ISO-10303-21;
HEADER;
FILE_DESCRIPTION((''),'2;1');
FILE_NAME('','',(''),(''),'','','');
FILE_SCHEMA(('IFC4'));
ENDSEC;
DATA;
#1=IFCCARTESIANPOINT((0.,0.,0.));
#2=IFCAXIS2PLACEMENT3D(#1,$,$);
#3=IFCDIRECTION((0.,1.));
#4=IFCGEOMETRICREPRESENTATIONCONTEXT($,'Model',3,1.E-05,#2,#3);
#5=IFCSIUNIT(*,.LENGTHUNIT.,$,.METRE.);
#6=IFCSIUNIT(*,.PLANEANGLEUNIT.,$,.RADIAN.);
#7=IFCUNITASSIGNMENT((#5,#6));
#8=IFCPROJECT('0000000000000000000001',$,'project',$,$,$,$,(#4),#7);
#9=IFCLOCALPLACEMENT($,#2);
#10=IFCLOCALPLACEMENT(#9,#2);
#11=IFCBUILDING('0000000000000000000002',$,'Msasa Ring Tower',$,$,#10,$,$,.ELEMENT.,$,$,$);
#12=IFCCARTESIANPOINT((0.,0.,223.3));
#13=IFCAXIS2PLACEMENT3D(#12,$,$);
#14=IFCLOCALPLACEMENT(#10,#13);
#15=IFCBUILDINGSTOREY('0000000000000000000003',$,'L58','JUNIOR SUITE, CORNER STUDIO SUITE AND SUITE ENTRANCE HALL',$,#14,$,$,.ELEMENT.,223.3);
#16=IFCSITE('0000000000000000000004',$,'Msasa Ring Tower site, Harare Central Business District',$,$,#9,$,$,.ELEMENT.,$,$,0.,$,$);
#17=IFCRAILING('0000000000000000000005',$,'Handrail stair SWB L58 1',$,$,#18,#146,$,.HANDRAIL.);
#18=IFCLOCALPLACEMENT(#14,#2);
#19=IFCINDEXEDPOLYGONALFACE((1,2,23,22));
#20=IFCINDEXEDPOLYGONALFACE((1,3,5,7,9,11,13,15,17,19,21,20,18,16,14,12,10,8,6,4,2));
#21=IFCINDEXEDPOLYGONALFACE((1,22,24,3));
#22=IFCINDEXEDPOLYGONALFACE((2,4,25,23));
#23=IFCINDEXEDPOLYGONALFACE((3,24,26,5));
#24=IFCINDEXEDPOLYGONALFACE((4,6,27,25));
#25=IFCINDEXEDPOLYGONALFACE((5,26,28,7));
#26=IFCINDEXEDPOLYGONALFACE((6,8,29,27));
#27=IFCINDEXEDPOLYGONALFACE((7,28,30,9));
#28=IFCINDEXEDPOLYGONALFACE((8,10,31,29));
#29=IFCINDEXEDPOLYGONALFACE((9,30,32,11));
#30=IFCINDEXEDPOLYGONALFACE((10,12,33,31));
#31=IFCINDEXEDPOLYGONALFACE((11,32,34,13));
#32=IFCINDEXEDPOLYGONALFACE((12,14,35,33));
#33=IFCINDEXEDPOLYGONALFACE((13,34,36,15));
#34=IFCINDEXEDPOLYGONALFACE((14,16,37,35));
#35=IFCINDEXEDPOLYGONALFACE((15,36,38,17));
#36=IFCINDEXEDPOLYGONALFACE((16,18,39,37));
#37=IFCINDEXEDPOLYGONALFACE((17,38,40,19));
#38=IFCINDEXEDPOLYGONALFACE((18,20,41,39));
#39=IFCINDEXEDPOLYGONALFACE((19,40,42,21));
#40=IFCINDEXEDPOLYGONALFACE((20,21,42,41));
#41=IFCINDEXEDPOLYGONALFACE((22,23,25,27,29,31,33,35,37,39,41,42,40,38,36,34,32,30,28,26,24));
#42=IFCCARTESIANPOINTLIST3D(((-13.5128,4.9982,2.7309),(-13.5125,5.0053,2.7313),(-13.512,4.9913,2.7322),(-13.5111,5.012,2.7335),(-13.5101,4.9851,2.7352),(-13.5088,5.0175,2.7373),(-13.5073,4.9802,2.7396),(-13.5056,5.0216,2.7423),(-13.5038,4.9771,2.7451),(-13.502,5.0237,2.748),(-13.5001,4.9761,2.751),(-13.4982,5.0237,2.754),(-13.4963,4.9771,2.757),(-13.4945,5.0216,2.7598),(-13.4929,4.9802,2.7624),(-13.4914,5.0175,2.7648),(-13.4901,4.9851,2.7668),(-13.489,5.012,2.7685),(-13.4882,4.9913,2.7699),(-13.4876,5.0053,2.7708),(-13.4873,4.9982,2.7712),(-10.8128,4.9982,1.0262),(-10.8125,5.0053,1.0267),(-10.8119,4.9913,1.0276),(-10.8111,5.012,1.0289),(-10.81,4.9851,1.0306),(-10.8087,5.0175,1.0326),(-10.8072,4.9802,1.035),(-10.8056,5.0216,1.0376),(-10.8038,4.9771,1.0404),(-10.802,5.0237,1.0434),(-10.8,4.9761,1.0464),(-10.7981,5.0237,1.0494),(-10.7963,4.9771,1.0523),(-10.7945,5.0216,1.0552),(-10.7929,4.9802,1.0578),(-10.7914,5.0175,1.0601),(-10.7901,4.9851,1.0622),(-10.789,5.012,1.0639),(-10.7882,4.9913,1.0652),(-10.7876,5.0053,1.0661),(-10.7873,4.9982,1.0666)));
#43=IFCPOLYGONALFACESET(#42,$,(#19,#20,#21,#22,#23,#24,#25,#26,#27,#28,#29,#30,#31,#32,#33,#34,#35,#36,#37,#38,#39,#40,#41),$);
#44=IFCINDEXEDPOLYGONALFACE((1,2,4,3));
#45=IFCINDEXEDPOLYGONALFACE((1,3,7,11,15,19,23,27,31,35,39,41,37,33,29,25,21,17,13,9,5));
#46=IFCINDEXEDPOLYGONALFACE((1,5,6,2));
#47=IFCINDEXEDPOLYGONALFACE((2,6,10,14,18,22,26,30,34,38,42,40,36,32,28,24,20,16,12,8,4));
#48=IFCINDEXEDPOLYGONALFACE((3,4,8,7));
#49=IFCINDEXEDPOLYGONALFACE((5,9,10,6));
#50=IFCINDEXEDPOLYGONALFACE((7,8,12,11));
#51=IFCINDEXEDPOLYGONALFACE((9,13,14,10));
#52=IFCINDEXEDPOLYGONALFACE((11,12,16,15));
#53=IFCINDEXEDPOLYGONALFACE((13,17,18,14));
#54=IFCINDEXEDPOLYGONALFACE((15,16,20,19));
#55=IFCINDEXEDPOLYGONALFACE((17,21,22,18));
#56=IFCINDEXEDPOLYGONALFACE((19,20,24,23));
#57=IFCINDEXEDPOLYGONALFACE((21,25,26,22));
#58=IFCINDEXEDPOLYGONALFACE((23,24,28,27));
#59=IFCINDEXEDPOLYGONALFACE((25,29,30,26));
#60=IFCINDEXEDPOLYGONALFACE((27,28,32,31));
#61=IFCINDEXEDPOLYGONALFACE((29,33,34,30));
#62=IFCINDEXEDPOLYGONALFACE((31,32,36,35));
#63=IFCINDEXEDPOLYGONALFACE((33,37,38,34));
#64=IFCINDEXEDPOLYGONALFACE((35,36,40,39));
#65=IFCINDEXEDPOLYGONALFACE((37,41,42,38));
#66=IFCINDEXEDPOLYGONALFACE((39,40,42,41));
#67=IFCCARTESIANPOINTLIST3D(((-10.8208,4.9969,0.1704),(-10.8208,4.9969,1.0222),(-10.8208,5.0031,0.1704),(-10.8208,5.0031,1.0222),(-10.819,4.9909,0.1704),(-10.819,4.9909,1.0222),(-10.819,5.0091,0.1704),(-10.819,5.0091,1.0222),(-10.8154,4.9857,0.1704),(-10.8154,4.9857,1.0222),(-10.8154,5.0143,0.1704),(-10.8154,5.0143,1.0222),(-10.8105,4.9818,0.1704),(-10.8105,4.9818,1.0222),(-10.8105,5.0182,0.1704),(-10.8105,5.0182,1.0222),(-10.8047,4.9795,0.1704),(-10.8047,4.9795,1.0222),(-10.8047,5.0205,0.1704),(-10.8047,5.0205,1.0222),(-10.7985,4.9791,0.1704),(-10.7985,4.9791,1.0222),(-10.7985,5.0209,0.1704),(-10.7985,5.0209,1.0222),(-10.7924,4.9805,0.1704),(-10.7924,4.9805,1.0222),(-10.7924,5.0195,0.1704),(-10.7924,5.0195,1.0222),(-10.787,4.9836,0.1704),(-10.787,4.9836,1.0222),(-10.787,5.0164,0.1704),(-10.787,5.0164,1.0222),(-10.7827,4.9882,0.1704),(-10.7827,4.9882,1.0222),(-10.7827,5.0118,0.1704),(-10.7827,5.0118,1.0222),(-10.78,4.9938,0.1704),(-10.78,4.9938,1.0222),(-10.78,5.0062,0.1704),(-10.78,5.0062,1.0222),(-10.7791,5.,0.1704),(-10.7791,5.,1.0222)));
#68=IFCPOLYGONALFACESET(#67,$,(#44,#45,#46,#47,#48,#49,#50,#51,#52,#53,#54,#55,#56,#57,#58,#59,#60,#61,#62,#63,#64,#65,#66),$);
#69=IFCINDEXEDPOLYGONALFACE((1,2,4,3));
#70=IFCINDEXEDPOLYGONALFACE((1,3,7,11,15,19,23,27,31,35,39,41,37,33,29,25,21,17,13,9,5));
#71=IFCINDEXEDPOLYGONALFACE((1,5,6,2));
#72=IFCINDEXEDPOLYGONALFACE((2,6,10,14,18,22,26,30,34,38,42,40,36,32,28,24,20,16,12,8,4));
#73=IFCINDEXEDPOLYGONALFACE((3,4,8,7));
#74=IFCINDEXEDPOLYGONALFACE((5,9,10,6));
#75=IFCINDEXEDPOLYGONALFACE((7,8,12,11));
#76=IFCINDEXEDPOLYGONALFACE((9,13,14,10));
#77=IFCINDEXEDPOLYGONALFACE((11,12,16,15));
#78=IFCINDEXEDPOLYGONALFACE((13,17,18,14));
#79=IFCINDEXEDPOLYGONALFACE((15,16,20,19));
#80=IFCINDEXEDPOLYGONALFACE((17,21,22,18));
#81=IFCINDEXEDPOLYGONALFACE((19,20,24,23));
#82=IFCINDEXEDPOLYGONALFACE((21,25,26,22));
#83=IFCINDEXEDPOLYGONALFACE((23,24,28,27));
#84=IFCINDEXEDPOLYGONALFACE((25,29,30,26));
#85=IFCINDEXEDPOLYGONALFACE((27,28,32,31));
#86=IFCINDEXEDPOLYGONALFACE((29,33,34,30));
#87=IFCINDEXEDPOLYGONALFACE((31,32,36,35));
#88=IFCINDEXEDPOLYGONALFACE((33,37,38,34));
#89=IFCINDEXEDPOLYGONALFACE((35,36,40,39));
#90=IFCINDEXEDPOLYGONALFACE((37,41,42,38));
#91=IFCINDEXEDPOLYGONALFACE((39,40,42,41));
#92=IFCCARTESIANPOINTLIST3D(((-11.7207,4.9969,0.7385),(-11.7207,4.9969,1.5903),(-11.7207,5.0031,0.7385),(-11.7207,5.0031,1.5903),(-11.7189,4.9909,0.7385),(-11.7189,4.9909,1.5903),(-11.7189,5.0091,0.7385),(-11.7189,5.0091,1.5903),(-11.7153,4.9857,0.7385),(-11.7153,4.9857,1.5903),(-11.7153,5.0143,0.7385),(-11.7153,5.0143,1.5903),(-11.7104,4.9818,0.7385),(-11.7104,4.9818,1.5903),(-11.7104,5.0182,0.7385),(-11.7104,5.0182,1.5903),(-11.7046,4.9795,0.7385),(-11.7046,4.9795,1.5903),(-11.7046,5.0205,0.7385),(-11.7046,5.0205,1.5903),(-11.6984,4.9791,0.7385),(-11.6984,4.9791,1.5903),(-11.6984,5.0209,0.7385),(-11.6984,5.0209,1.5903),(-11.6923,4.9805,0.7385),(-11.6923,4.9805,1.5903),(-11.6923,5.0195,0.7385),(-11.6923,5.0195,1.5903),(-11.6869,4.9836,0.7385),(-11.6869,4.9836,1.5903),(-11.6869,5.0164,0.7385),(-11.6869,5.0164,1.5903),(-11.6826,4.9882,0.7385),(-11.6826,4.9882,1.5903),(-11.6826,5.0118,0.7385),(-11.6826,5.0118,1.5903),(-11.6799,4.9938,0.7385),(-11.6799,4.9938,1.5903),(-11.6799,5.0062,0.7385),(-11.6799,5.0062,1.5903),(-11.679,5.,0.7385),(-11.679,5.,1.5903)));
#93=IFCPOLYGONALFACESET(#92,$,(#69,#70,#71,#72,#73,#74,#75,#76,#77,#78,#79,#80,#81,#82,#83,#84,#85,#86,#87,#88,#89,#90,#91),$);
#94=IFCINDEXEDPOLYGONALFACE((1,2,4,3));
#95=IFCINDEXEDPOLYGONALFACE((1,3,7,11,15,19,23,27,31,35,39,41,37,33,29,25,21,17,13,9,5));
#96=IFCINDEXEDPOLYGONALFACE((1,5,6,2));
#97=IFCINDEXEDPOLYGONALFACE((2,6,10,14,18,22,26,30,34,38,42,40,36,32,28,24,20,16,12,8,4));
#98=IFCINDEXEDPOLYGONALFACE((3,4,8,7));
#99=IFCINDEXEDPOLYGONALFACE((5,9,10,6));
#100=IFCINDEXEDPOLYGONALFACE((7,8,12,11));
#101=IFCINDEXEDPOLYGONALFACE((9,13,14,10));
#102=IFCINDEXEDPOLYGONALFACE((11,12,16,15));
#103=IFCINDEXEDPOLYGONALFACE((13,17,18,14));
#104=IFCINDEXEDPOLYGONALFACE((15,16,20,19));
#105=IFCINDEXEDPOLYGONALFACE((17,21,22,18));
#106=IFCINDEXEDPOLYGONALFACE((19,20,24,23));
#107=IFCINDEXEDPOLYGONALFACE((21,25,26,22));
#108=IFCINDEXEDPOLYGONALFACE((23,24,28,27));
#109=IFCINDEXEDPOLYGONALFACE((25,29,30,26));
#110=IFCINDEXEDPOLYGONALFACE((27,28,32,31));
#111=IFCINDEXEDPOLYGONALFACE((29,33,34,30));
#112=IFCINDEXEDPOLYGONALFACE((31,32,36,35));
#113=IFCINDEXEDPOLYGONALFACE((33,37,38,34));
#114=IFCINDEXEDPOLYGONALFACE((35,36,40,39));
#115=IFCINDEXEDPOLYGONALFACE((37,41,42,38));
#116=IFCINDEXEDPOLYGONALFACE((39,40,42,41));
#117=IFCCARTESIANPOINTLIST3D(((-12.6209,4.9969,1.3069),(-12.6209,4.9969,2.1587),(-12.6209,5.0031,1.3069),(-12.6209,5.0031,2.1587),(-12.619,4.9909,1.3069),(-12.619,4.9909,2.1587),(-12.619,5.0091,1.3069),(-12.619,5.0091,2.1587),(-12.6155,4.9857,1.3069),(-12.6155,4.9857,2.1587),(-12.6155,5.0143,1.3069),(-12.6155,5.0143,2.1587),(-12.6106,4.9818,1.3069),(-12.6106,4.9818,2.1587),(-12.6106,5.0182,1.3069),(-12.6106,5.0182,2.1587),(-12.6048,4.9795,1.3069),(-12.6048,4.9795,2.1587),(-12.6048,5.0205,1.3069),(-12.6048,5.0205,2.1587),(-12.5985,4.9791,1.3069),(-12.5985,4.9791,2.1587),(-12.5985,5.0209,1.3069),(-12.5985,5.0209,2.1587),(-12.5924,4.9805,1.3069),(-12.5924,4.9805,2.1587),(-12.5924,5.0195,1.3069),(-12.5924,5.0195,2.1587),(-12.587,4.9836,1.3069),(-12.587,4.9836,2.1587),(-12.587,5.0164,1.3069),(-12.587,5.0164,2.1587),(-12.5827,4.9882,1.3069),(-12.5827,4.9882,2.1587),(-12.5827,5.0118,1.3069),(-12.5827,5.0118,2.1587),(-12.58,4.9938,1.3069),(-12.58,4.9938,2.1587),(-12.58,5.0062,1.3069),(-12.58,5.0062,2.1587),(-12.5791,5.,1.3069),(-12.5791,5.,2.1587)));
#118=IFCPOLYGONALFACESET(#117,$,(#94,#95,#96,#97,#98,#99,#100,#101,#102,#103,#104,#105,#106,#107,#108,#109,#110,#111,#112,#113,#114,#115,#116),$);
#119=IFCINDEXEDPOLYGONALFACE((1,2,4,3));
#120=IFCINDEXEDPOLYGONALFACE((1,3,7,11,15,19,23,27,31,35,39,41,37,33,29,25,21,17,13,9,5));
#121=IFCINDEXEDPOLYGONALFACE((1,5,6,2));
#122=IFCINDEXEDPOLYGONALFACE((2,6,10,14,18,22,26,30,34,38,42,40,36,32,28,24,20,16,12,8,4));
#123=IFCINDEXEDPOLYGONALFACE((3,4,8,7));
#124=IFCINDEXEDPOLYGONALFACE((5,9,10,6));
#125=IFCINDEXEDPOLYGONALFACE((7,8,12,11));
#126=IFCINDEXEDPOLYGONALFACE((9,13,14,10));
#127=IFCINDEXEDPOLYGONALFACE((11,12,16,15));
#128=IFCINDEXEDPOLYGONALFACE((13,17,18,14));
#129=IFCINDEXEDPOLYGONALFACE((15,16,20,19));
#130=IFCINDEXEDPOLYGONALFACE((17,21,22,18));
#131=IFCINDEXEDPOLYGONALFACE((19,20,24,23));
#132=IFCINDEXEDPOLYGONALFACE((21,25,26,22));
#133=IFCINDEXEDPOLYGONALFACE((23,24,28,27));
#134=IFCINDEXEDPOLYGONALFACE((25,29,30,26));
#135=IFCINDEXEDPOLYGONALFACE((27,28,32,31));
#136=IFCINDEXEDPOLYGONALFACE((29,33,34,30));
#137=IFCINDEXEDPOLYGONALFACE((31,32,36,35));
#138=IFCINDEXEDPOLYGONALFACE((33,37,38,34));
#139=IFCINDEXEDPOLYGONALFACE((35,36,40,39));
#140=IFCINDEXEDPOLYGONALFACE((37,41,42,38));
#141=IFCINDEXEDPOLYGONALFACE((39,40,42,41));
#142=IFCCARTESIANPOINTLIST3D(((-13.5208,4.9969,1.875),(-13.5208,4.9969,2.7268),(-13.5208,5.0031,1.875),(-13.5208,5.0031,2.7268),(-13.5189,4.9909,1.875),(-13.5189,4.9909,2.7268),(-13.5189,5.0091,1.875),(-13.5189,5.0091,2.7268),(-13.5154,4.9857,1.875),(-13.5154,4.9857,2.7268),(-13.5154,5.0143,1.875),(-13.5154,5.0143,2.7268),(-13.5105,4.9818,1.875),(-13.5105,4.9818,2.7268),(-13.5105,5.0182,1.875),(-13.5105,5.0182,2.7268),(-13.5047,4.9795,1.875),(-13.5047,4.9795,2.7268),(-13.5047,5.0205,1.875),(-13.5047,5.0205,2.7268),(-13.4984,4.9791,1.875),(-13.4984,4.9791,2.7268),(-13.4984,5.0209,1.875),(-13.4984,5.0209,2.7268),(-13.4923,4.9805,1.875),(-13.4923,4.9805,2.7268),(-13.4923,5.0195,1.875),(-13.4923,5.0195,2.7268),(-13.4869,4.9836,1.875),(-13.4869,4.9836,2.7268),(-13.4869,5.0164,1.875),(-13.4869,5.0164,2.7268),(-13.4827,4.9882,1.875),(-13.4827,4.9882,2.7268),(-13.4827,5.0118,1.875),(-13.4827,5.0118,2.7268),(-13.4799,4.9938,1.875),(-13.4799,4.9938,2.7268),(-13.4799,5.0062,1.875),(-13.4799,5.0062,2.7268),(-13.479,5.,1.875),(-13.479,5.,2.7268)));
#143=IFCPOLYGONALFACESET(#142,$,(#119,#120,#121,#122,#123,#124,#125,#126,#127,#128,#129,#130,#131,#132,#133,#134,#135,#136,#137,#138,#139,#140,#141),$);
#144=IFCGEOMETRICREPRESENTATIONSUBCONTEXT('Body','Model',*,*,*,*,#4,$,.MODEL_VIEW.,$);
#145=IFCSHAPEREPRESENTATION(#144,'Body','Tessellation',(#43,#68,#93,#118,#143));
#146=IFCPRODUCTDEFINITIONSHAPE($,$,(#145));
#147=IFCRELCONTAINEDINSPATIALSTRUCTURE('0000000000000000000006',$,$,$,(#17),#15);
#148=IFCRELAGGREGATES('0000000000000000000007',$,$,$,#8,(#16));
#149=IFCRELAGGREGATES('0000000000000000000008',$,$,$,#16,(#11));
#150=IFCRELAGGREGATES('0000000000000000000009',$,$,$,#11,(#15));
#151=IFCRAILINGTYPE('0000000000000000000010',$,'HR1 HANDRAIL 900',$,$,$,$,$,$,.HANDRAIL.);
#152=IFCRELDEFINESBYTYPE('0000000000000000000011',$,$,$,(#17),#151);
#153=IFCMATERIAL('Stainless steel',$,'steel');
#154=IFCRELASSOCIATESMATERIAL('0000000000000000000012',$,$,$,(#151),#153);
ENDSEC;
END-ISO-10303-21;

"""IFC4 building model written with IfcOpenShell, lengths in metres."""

from ifc_helpers import new_model, si_unit, direction, frame, origin, origin_2d, place, context, subcontext, project, spatial, circle, extrude, material, type_object, element, save


model = new_model("IFC4")

# Units and contexts
model_context = context("Model", 3, precision=1e-05, world=origin(), true_north=direction((0.0, 1.0)))
body_context = subcontext(model_context, "Body", "Model", "MODEL_VIEW")
ifc_project = project(units=[si_unit("LENGTHUNIT", "METRE"), si_unit("PLANEANGLEUNIT", "RADIAN")], contexts=[model_context])

# Site, building, storey
site_placement = place(None, origin())
site = spatial("IfcSite", under=ifc_project, at=site_placement, Name="Msasa Ring Tower site, Harare Central Business District", CompositionType="ELEMENT", RefElevation=0.0)
building_placement = place(site_placement, origin())
building = spatial("IfcBuilding", under=site, at=building_placement, Name="Msasa Ring Tower", CompositionType="ELEMENT")
storey_placement = place(building_placement, frame((0.0, 0.0, 223.3)))
storey = spatial("IfcBuildingStorey", under=building, at=storey_placement, Name="L58", Description="JUNIOR SUITE, CORNER STUDIO SUITE AND SUITE ENTRANCE HALL", CompositionType="ELEMENT", Elevation=223.3)

# Railing
ifc_material_1 = material(Name="Stainless steel", Category="steel")
railing_type = type_object("IfcRailingType", Name="HR1 HANDRAIL 900", PredefinedType="HANDRAIL", material=ifc_material_1)
for number, where, name in (
    (1, (-10.8, 5.0, 0.1704), "Handrail stair SWB L58 1"),
):
    element("IfcRailing", number, at=place(storey_placement, frame(where)), inside=storey, type_object=railing_type, Name=name, PredefinedType="HANDRAIL", context=body_context, shape_type="SweptSolid", body=[
        extrude(circle(Radius=0.0239, at=origin_2d()), frame((0.0, 0.0, 0.876), z_axis=(-0.84558, 0.0, 0.533849), x_axis=(0.0, -1.0, 0.0)), (0.0, 0.0, 1.0), 3.1931),
        extrude(circle(Radius=0.021, at=origin_2d()), origin(), (0.0, 0.0, 1.0), 0.8518),
        extrude(circle(Radius=0.021, at=origin_2d()), frame((-0.8999, 0.0, 0.5681)), (0.0, 0.0, 1.0), 0.8518),
        extrude(circle(Radius=0.021, at=origin_2d()), frame((-1.8, 0.0, 1.1365)), (0.0, 0.0, 1.0), 0.8518),
        extrude(circle(Radius=0.021, at=origin_2d()), frame((-2.7, 0.0, 1.7046)), (0.0, 0.0, 1.0), 0.8518),
    ])

save(model, "model.ifc")
